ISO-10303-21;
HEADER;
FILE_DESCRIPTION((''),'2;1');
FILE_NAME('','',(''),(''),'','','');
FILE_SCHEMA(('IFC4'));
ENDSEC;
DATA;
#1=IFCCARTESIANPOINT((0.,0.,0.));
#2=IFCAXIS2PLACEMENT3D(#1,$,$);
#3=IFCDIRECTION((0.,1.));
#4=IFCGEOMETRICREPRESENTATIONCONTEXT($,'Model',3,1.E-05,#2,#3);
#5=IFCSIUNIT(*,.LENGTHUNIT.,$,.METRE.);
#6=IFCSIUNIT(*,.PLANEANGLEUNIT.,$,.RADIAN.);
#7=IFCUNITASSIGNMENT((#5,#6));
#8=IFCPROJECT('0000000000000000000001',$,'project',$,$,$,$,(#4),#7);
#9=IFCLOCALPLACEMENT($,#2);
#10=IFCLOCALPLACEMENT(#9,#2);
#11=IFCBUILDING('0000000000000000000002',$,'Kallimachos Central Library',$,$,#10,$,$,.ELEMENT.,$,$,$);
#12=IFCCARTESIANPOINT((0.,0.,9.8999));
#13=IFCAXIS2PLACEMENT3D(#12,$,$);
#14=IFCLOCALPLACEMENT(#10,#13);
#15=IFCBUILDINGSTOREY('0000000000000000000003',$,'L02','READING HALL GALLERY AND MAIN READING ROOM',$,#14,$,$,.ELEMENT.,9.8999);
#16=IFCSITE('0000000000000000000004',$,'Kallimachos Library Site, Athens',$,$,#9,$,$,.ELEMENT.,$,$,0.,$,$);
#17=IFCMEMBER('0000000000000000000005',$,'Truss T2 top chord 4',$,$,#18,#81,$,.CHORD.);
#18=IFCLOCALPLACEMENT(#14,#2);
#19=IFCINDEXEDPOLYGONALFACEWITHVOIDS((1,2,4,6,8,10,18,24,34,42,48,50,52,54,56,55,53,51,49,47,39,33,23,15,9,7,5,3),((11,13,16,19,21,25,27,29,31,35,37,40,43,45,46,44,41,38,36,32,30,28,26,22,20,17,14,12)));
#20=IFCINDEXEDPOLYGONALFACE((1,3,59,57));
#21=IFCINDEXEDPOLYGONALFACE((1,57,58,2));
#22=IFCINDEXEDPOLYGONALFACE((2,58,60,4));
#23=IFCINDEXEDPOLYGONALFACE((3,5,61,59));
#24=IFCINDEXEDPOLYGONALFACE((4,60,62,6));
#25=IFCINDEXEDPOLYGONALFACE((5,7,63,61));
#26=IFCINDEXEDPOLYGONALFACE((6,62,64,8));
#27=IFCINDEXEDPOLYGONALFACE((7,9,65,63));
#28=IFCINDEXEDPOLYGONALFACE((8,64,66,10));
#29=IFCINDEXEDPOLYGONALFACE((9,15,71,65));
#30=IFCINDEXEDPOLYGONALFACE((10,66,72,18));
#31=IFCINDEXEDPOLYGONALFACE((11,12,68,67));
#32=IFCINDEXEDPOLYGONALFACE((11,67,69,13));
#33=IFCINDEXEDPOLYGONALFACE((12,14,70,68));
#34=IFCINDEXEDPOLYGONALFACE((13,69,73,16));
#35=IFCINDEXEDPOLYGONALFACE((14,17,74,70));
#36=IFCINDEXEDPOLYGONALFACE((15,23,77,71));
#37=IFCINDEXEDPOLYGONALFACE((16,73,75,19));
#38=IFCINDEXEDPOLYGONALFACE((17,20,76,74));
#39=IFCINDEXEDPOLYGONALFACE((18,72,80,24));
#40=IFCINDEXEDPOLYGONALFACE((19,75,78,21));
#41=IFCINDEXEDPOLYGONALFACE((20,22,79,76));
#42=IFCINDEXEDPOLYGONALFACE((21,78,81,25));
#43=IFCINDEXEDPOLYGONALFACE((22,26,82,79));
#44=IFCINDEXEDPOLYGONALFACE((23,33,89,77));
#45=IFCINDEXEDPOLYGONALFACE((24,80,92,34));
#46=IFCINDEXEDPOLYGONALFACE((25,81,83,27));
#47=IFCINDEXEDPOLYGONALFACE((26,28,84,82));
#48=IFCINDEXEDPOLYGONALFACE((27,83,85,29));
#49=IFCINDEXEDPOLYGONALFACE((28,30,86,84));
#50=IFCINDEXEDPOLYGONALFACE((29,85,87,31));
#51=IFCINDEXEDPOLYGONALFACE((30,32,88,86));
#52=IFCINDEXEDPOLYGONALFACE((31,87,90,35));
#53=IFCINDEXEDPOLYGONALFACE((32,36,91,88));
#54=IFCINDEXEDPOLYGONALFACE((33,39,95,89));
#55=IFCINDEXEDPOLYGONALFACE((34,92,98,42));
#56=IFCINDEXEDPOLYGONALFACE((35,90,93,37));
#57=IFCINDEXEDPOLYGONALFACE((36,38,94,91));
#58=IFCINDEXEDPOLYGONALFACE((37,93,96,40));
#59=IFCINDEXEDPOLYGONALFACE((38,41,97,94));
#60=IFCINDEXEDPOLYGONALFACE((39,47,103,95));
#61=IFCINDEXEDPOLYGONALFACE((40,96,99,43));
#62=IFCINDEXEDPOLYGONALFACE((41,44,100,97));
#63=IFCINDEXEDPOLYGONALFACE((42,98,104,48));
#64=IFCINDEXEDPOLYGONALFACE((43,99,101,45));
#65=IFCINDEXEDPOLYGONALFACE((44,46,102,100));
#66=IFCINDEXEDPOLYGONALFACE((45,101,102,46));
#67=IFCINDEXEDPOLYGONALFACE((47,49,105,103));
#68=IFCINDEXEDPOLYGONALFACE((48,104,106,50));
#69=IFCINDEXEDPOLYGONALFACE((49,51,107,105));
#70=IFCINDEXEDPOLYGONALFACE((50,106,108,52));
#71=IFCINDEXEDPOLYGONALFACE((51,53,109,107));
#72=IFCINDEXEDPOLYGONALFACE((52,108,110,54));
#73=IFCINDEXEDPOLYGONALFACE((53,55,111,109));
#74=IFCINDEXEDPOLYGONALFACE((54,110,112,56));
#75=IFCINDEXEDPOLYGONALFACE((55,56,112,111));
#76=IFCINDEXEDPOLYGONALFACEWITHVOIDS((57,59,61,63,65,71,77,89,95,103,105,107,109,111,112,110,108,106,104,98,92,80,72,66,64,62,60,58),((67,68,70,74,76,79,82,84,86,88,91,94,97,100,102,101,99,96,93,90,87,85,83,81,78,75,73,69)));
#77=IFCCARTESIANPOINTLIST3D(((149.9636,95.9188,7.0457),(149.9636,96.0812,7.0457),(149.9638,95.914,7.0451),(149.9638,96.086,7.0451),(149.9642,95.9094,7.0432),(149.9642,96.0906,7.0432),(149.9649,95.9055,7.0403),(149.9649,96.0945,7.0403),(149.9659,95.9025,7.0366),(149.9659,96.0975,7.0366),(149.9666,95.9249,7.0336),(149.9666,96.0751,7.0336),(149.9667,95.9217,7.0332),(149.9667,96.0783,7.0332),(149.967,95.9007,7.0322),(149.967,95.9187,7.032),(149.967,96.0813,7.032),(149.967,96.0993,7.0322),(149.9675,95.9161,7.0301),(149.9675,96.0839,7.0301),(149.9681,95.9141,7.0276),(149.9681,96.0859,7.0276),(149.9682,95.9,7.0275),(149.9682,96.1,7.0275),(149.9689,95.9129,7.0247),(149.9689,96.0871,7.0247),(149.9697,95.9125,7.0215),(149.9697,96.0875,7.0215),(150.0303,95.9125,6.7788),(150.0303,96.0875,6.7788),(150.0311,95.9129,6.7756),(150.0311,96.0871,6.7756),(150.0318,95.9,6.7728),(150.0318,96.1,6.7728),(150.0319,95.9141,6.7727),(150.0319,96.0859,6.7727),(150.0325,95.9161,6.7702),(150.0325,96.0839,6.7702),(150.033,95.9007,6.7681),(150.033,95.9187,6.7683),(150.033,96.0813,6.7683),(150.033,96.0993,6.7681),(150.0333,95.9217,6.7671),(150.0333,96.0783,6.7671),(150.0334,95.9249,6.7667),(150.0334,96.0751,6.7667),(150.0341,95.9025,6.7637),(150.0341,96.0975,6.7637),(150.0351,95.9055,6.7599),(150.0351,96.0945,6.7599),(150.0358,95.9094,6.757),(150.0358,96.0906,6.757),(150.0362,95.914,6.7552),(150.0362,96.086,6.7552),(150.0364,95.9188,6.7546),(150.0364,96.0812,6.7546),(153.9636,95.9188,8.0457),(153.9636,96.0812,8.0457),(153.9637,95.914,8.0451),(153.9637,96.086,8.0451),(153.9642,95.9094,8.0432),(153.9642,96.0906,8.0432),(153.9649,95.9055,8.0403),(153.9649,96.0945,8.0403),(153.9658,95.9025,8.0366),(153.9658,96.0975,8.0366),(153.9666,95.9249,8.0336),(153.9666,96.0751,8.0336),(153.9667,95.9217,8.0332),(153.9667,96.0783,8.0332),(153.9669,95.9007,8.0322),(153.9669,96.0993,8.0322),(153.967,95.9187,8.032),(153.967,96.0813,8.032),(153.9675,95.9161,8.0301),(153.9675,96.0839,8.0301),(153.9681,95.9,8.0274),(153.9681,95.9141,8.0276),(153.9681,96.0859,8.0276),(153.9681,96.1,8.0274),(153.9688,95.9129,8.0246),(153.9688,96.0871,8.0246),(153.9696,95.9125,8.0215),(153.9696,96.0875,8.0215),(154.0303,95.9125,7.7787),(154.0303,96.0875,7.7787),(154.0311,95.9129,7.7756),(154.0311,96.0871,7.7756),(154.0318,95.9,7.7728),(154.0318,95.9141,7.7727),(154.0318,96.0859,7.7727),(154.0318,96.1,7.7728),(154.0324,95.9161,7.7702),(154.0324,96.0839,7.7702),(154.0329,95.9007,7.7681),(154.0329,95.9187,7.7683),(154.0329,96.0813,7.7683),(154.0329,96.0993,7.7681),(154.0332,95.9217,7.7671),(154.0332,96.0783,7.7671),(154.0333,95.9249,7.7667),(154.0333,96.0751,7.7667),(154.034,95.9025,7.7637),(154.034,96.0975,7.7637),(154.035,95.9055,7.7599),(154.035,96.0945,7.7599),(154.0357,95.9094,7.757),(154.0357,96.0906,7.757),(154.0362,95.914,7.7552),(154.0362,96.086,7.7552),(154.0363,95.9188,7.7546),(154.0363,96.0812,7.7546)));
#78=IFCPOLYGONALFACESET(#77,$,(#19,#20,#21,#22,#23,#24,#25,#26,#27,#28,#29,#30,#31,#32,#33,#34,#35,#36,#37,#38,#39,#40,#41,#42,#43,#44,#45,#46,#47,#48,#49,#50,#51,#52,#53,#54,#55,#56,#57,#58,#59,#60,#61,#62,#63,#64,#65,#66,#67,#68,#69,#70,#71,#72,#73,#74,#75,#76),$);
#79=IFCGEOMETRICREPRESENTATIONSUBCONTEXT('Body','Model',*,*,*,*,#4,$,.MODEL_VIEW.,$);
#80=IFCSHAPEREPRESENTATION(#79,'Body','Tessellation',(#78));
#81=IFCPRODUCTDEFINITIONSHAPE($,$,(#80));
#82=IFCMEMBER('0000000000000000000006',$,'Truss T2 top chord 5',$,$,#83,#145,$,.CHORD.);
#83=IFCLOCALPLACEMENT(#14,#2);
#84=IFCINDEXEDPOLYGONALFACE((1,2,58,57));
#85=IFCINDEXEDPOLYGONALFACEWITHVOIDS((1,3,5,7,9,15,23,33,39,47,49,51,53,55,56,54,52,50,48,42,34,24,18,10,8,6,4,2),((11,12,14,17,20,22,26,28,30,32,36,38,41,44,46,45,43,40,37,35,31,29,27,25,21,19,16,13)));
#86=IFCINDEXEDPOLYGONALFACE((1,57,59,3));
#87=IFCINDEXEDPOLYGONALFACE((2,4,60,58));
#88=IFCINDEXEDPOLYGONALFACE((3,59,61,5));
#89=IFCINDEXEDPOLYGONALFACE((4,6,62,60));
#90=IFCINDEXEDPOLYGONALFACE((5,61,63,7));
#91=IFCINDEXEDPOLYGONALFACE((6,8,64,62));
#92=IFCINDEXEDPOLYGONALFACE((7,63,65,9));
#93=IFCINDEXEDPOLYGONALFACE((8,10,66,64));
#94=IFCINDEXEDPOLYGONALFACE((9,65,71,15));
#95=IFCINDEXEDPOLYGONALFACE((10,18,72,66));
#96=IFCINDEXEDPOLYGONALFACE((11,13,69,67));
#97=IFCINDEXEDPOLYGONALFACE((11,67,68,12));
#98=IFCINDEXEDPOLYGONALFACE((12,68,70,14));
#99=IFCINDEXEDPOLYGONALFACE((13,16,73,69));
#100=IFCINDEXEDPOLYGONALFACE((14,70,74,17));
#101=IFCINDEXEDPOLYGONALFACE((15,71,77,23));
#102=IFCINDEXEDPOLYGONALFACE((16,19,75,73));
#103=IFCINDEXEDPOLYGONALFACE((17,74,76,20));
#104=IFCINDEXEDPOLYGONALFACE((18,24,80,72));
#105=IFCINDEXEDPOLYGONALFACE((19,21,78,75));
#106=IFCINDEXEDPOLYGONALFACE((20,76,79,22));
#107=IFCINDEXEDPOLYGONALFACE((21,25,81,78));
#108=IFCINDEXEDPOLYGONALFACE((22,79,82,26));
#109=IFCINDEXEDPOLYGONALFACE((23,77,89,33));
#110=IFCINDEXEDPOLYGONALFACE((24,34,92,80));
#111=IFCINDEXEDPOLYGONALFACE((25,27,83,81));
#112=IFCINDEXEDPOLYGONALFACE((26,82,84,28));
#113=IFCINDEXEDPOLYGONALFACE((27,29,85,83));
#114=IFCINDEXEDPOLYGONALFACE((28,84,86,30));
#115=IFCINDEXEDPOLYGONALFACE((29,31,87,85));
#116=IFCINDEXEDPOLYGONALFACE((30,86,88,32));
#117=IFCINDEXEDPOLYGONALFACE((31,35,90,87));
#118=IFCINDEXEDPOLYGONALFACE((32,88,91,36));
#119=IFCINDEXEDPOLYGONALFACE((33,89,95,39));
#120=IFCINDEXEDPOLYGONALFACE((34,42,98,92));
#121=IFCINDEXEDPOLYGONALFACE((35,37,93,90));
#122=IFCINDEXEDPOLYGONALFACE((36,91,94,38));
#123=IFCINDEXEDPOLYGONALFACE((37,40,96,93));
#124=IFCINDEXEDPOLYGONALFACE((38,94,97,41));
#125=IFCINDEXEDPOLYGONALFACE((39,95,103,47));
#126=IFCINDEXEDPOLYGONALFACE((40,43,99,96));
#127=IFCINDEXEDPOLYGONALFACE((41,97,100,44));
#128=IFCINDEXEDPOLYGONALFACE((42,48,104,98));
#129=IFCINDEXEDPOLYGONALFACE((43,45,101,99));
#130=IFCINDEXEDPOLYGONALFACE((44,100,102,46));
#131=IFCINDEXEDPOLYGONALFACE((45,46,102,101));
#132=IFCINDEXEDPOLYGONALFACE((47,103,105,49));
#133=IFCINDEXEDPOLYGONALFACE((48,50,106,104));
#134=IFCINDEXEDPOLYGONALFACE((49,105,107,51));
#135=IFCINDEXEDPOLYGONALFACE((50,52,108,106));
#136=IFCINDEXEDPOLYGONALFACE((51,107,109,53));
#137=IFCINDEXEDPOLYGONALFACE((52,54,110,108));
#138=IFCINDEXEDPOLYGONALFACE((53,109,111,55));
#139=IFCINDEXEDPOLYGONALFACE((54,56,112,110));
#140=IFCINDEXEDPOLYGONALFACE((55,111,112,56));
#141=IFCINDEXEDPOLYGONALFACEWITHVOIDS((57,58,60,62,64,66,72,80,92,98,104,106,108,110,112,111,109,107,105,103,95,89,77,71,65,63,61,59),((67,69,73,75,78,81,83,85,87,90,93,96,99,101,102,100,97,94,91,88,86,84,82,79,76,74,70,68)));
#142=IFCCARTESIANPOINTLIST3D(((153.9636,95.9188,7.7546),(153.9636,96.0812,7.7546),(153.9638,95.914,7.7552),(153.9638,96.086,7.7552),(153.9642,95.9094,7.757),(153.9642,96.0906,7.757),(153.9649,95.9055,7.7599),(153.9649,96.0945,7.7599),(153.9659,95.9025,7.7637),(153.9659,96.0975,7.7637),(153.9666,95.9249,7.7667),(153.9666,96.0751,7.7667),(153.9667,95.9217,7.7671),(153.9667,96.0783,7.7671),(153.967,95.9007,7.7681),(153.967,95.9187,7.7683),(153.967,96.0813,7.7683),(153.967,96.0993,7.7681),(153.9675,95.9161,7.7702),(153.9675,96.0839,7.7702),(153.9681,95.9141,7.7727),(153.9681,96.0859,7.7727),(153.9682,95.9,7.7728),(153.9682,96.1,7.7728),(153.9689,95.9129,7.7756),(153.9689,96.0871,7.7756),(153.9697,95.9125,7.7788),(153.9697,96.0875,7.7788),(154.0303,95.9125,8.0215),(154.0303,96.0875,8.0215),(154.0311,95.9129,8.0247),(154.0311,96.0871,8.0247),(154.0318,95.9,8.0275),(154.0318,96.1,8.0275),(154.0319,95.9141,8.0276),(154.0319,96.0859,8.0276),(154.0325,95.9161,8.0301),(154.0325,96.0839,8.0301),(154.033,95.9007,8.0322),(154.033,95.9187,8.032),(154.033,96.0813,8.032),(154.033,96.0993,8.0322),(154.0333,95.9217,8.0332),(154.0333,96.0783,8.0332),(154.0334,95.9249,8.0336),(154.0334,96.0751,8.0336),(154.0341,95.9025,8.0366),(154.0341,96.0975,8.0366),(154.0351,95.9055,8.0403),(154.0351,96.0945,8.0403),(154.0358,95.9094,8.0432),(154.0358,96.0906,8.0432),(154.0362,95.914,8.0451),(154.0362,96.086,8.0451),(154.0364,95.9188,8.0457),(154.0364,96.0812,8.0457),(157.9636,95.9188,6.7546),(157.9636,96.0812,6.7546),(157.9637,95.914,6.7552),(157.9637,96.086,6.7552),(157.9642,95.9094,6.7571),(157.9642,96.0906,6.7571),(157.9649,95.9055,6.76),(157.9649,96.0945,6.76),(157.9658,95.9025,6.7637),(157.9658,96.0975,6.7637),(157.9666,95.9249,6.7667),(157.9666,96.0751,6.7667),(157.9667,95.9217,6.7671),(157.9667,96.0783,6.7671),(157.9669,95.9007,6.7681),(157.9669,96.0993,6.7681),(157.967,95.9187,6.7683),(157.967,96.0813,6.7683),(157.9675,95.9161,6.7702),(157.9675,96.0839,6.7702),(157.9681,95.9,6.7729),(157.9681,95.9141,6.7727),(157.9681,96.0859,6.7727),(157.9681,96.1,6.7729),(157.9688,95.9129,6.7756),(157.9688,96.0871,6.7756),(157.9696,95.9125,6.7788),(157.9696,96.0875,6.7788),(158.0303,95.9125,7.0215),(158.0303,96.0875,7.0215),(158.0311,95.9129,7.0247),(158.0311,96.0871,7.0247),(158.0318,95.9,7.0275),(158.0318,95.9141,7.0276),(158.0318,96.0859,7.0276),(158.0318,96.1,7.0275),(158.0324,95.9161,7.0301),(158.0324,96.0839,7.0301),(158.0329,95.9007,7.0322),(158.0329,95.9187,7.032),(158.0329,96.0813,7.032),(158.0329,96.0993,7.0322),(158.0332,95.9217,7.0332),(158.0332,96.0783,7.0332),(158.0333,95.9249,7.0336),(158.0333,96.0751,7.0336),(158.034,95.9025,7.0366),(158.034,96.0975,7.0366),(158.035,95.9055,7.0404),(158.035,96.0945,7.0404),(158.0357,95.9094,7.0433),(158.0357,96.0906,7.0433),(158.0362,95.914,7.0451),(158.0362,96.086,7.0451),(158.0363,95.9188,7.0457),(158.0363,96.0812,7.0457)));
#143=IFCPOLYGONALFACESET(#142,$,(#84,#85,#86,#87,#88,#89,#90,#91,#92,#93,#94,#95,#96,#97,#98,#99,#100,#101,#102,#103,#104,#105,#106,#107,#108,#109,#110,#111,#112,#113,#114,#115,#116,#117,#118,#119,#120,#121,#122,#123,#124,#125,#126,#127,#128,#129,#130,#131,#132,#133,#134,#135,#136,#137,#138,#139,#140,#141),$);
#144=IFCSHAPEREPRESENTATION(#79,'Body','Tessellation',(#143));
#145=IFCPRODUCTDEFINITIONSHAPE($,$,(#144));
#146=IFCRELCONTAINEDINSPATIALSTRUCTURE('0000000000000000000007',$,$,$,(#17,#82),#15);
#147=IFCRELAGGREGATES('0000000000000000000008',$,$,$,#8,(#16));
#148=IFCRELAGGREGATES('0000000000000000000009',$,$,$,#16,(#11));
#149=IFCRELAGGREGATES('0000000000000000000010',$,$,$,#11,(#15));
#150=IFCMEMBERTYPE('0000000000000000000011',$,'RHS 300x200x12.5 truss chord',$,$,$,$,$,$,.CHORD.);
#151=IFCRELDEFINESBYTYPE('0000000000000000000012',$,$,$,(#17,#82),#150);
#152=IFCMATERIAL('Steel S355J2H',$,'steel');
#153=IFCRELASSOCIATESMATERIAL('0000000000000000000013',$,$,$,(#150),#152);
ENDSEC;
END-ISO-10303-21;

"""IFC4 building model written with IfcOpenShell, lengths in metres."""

from ifc_helpers import new_model, si_unit, direction, frame, origin, origin_2d, place, context, subcontext, project, spatial, hollow_rectangle, extrude, material, material_profile, profile_set, type_object, element, save


model = new_model("IFC4")

# Units and contexts
model_context = context("Model", 3, precision=1e-05, world=origin(), true_north=direction((0.0, 1.0)))
body_context = subcontext(model_context, "Body", "Model", "MODEL_VIEW")
ifc_project = project(units=[si_unit("LENGTHUNIT", "METRE"), si_unit("PLANEANGLEUNIT", "RADIAN")], contexts=[model_context])

# Site, building, storey
site_placement = place(None, origin())
site = spatial("IfcSite", under=ifc_project, at=site_placement, Name="Kallimachos Library Site, Athens", CompositionType="ELEMENT", RefElevation=0.0)
building_placement = place(site_placement, origin())
building = spatial("IfcBuilding", under=site, at=building_placement, Name="Kallimachos Central Library", CompositionType="ELEMENT")
storey_placement = place(building_placement, frame((0.0, 0.0, 9.8999)))
storey = spatial("IfcBuildingStorey", under=building, at=storey_placement, Name="L02", Description="READING HALL GALLERY AND MAIN READING ROOM", CompositionType="ELEMENT", Elevation=9.8999)

# Members
ifc_material_1 = material(Name="Steel S355J2H", Category="steel")
ifc_material_profile_1 = material_profile(ifc_material_1, hollow_rectangle(XDim=0.2, YDim=0.3, WallThickness=0.0125, InnerFilletRadius=0.0125, OuterFilletRadius=0.0188, at=origin_2d()), Name="RHS 300x200x12.5")
ifc_profile_set_1 = profile_set([ifc_material_profile_1], Name="Steel S355J2H")
member_type_1 = type_object("IfcMemberType", Name="RHS 300x200x12.5 truss chord", PredefinedType="CHORD", material=ifc_profile_set_1)
for number, where, z_axis, x_axis, name in (
    (1, (150.0, 96.0, 6.9001), (0.970143, 0.0, 0.242536), (0.0, 1.0, 0.0), "Truss T2 top chord 4"),
    (2, (154.0, 96.0, 7.9001), (0.970143, 0.0, -0.242536), (0.0, 1.0, 0.0), "Truss T2 top chord 5"),
):
    element("IfcMember", number, at=place(storey_placement, frame(where, z_axis=z_axis, x_axis=x_axis)), inside=storey, type_object=member_type_1, Name=name, PredefinedType="CHORD", context=body_context, shape_type="SweptSolid", body=[
        extrude(hollow_rectangle(XDim=0.2, YDim=0.3, WallThickness=0.0125, InnerFilletRadius=0.0125, OuterFilletRadius=0.0188, at=origin_2d()), origin(), (0.0, 0.0, 1.0), 4.123),
    ])

save(model, "model.ifc")
